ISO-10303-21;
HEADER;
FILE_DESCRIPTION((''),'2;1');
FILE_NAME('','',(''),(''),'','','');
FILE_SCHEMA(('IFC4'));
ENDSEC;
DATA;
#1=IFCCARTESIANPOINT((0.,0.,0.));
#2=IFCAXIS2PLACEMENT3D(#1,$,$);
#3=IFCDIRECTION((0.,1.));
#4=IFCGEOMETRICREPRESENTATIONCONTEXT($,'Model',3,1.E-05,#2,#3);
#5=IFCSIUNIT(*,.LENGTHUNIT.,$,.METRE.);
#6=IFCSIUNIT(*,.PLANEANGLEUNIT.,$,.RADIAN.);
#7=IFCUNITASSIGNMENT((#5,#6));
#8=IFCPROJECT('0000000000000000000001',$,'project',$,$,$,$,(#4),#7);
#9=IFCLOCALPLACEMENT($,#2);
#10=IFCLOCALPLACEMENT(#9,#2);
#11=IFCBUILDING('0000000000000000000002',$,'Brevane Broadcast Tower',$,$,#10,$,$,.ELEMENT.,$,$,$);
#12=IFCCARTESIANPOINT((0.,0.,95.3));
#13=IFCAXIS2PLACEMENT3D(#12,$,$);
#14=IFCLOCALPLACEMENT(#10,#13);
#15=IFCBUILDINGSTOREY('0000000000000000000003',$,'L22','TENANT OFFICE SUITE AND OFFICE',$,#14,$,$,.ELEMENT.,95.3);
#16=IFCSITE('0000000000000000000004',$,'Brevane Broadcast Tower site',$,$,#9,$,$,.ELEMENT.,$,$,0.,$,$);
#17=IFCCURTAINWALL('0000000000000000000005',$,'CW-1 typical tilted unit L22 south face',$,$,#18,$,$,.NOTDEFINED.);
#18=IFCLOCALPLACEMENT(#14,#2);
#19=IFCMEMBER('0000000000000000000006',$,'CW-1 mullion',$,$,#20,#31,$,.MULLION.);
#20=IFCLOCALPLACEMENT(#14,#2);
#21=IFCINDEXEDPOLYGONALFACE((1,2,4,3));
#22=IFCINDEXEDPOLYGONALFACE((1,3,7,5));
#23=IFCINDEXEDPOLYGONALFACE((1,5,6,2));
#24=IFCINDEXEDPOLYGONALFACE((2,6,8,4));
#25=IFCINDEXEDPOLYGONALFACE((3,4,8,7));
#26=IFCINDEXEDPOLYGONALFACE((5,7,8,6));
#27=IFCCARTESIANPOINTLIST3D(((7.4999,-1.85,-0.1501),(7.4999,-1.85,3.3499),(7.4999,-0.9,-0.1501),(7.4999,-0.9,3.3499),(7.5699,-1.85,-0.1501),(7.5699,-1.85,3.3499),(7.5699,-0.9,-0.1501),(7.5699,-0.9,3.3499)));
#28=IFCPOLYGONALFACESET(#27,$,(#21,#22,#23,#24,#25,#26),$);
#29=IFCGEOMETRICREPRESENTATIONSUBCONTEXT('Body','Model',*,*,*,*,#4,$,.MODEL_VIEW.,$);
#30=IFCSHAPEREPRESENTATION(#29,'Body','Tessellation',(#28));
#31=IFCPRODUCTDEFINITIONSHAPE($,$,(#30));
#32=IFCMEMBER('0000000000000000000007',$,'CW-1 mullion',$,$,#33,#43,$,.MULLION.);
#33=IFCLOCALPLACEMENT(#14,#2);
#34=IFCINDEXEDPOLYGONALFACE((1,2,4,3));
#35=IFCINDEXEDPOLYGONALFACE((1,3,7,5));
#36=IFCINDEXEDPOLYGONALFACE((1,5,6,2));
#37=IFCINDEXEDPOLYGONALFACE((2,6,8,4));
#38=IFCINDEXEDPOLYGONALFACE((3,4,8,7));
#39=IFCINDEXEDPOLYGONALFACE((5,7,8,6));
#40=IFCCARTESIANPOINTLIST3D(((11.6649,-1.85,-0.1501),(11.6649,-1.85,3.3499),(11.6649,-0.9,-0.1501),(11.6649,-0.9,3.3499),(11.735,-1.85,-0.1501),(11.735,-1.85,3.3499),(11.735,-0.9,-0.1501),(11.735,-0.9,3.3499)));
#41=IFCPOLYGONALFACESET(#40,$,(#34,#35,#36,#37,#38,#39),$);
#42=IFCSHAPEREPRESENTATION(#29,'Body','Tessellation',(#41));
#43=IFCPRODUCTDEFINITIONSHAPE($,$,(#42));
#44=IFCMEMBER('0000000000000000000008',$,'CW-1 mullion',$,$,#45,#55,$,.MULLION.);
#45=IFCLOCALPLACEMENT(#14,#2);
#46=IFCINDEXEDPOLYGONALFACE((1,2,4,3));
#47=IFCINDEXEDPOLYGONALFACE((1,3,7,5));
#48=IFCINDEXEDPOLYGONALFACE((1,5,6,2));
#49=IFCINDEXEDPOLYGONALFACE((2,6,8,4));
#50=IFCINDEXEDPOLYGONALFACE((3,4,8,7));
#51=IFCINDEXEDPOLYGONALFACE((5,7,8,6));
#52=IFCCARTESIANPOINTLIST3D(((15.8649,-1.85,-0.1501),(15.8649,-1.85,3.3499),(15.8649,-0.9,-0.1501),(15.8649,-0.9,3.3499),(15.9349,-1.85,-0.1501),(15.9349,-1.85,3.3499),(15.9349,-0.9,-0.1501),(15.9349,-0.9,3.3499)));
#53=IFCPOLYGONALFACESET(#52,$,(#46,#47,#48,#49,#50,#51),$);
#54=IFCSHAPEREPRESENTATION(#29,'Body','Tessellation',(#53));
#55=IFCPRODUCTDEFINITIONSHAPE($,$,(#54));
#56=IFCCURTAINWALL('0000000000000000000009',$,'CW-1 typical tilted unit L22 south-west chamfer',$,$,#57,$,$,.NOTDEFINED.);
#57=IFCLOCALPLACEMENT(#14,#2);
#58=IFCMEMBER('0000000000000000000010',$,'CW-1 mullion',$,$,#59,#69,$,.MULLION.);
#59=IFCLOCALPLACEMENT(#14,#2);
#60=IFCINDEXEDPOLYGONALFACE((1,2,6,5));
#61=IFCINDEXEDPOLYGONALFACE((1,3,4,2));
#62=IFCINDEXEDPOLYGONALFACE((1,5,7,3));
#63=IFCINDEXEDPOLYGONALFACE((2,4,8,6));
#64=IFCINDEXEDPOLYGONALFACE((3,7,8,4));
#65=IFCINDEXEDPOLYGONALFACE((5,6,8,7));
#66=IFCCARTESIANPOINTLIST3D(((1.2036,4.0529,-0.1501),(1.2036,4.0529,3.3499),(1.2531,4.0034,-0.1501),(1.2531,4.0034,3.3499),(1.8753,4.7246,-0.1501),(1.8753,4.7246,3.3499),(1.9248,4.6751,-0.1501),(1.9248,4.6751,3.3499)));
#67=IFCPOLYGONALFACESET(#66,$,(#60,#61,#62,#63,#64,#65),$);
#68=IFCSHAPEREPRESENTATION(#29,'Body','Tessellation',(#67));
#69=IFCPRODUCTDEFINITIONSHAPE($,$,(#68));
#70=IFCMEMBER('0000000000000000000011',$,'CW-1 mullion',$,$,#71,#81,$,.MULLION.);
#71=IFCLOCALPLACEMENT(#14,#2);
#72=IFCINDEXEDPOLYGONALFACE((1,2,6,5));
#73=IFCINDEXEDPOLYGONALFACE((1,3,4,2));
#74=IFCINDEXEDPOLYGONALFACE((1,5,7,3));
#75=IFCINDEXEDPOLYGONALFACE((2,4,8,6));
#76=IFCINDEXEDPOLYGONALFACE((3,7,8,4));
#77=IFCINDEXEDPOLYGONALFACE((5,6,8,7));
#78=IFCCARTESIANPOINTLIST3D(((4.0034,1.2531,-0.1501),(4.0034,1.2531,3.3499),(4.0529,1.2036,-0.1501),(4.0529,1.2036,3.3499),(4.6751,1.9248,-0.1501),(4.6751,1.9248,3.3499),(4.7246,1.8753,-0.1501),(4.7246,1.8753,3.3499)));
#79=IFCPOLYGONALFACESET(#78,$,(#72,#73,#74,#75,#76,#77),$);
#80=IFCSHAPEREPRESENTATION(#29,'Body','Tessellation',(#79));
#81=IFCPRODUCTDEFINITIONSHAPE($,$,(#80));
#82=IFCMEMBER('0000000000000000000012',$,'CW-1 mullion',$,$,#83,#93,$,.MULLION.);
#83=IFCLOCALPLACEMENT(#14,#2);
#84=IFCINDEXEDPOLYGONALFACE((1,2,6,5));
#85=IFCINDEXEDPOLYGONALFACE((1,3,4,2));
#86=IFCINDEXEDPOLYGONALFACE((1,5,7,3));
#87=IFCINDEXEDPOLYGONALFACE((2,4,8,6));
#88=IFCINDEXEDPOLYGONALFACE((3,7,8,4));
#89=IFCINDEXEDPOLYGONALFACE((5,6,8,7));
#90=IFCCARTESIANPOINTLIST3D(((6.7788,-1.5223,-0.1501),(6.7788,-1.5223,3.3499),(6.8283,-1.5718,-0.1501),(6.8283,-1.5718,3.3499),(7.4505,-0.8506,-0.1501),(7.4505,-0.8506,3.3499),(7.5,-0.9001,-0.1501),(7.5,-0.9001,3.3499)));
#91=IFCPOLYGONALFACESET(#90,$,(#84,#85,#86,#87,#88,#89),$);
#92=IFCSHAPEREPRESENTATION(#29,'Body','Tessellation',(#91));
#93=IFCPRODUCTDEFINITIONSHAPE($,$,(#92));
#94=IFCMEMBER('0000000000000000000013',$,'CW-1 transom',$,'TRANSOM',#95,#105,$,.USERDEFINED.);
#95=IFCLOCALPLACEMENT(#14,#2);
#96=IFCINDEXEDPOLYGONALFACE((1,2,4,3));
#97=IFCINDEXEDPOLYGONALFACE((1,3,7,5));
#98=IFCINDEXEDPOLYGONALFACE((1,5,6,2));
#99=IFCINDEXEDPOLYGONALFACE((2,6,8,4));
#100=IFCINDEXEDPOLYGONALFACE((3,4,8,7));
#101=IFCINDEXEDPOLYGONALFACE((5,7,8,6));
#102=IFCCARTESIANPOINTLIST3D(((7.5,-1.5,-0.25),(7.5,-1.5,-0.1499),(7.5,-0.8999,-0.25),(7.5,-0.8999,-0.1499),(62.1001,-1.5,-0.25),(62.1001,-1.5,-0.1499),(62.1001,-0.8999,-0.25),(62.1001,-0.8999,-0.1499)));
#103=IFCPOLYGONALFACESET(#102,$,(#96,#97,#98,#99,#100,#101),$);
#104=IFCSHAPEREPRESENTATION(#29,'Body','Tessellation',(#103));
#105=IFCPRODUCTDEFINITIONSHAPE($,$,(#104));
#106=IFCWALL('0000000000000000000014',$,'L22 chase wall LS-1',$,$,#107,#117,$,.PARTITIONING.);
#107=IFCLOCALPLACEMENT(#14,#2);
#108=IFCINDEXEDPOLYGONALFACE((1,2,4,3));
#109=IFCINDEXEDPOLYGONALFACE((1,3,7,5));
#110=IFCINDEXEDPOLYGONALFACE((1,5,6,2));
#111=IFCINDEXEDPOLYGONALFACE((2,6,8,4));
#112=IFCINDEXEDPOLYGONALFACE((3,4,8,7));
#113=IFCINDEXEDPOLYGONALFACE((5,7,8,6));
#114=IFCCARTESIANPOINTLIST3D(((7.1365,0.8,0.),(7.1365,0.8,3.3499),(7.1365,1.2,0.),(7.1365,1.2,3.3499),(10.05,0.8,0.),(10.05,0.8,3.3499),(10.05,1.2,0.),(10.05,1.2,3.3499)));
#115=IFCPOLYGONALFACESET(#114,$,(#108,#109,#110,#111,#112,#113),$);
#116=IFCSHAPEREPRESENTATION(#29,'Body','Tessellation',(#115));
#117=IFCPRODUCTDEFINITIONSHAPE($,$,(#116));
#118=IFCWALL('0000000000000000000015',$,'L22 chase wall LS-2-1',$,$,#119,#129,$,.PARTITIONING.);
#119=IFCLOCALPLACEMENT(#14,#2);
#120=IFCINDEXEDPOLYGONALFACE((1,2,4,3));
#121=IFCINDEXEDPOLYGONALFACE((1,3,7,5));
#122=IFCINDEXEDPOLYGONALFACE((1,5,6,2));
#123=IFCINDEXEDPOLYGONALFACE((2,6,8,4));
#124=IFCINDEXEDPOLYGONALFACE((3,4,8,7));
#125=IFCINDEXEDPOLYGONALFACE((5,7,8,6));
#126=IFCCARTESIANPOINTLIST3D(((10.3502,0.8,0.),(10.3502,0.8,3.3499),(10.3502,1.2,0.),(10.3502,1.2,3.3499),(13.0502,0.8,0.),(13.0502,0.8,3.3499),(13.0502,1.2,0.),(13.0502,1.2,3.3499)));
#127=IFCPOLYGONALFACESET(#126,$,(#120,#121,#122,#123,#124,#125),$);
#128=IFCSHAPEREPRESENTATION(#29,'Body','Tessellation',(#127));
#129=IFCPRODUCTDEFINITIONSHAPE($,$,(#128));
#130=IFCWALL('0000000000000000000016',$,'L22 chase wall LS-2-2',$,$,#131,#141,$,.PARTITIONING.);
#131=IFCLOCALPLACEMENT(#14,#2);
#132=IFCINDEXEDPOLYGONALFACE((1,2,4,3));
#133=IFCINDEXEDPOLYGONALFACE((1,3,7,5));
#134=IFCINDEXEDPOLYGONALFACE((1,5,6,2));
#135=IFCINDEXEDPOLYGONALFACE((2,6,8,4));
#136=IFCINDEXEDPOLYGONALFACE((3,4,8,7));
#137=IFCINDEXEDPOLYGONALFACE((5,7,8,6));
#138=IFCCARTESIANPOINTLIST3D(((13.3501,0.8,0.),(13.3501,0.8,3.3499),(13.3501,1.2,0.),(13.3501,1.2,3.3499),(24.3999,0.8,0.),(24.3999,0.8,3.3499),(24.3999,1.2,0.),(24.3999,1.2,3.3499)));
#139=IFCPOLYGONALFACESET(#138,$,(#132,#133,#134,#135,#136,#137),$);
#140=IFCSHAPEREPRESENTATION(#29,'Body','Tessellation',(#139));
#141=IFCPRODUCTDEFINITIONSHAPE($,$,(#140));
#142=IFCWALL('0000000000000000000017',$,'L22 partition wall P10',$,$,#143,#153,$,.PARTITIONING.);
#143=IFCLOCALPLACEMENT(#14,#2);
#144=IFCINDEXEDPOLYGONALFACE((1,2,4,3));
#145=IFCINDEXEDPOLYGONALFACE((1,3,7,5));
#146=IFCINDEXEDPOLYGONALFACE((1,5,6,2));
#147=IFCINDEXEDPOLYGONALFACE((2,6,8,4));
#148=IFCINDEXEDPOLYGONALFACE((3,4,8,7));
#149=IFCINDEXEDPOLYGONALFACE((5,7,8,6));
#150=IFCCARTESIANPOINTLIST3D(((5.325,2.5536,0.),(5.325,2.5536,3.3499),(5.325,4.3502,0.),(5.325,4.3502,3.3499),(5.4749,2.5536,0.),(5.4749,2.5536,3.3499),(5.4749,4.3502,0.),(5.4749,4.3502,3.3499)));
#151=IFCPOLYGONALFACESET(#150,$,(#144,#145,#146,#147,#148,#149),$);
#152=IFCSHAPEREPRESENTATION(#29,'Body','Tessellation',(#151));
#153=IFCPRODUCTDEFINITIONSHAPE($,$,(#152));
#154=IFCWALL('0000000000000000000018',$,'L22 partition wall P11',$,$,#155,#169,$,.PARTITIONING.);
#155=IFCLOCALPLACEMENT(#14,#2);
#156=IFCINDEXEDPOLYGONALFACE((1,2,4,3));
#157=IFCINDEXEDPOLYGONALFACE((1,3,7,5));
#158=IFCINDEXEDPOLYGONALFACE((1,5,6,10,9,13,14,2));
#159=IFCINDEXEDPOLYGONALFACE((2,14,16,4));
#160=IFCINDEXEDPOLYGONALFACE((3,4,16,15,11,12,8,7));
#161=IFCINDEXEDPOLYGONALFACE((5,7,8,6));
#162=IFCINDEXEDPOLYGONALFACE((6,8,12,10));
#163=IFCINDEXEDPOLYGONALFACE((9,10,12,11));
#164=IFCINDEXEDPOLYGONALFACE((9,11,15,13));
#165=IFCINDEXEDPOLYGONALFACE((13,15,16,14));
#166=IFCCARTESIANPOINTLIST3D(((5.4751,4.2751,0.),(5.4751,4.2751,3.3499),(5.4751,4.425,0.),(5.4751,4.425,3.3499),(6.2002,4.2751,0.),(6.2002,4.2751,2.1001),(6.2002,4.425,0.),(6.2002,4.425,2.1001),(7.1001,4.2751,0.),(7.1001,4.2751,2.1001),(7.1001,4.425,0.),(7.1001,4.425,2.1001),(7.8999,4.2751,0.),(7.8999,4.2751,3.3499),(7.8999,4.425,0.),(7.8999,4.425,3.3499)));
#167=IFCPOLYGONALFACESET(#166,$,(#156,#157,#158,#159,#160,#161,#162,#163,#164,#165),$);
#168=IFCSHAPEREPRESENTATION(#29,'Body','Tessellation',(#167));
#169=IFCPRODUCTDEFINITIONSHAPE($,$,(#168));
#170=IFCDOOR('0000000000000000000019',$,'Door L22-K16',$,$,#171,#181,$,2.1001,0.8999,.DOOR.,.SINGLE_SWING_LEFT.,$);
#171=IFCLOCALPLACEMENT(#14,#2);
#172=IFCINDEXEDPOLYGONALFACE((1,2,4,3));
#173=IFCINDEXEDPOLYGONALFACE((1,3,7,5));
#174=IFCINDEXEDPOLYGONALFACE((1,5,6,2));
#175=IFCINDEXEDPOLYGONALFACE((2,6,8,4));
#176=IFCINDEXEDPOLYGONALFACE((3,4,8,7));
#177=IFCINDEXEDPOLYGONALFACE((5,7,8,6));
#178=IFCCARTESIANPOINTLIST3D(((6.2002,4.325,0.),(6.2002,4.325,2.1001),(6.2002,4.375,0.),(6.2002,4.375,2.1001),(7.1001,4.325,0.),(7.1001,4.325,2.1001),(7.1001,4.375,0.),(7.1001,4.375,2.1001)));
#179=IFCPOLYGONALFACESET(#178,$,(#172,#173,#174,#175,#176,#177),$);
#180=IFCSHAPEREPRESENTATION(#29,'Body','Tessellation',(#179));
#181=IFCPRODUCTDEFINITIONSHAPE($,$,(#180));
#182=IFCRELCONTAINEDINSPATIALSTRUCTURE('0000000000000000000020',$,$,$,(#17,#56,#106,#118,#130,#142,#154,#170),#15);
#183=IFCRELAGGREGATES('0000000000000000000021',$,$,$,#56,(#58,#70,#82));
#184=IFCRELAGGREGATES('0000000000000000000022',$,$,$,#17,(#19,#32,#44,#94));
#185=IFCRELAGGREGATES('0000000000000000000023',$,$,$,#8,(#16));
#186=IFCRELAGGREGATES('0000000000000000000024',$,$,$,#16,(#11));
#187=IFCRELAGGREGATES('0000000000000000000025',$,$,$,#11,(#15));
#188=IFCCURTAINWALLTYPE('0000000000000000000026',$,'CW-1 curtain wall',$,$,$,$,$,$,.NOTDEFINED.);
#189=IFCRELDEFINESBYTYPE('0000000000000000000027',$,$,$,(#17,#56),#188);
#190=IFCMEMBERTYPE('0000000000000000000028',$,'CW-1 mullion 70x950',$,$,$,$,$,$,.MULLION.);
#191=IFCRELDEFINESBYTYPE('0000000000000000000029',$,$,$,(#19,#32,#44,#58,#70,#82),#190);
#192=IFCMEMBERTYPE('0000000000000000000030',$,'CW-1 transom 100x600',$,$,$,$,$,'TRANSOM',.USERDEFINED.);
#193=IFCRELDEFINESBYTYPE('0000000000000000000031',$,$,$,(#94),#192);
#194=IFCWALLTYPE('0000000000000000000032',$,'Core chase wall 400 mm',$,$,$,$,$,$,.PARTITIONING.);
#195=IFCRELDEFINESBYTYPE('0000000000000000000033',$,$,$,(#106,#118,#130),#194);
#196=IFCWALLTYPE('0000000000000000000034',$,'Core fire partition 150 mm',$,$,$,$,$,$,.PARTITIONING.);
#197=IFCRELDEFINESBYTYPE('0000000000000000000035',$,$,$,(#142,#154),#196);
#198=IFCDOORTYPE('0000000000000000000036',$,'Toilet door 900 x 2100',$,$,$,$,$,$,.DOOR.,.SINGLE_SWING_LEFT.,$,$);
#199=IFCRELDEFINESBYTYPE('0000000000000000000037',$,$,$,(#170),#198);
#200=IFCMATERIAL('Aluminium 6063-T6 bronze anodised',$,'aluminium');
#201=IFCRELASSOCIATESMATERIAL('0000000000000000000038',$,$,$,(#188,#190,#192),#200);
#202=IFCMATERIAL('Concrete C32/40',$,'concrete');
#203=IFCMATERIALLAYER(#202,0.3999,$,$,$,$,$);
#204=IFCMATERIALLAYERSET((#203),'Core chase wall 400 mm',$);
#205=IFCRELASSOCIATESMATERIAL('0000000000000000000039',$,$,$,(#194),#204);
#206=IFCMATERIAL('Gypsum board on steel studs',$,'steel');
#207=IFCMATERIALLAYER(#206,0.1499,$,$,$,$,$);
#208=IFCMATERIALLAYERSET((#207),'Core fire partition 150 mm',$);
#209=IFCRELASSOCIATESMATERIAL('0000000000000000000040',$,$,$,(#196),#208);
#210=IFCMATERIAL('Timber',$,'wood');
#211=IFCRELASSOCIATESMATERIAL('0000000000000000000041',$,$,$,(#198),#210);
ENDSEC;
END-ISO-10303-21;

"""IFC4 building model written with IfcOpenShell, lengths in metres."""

from ifc_helpers import new_model, si_unit, direction, frame, frame_2d, origin, origin_2d, place, context, subcontext, project, spatial, rectangle, extrude, material, layer, layer_set, material_profile, profile_set, type_object, element, fill, aggregate, save


model = new_model("IFC4")

# Units and contexts
model_context = context("Model", 3, precision=1e-05, world=origin(), true_north=direction((0.0, 1.0)))
body_context = subcontext(model_context, "Body", "Model", "MODEL_VIEW")
ifc_project = project(units=[si_unit("LENGTHUNIT", "METRE"), si_unit("PLANEANGLEUNIT", "RADIAN")], contexts=[model_context])

# Site, building, storey
site_placement = place(None, origin())
site = spatial("IfcSite", under=ifc_project, at=site_placement, Name="Brevane Broadcast Tower site", CompositionType="ELEMENT", RefElevation=0.0)
building_placement = place(site_placement, origin())
building = spatial("IfcBuilding", under=site, at=building_placement, Name="Brevane Broadcast Tower", CompositionType="ELEMENT")
storey_placement = place(building_placement, frame((0.0, 0.0, 95.3)))
storey = spatial("IfcBuildingStorey", under=building, at=storey_placement, Name="L22", Description="TENANT OFFICE SUITE AND OFFICE", CompositionType="ELEMENT", Elevation=95.3)

# Curtain walls, members
ifc_material_1 = material(Name="Aluminium 6063-T6 bronze anodised", Category="aluminium")
curtain_wall_type = type_object("IfcCurtainWallType", Name="CW-1 curtain wall", PredefinedType="NOTDEFINED", material=ifc_material_1)
curtain_wall_1_placement = place(storey_placement, origin())
curtain_wall_1 = element("IfcCurtainWall", 1, at=curtain_wall_1_placement, inside=storey, type_object=curtain_wall_type, Name="CW-1 typical tilted unit L22 south face", PredefinedType="NOTDEFINED")
ifc_material_profile_1 = material_profile(ifc_material_1, rectangle(XDim=0.95, YDim=0.0701, at=origin_2d()), Name="RECT 70x950")
ifc_profile_set_1 = profile_set([ifc_material_profile_1], Name="Aluminium 6063-T6 bronze anodised")
member_type_1 = type_object("IfcMemberType", Name="CW-1 mullion 70x950", PredefinedType="MULLION", material=ifc_profile_set_1)
member_1_placement = place(storey_placement, frame((7.5349, -1.375, -0.1501), z_axis=(0.0, 0.0, 1.0), x_axis=(0.0, 1.0, 0.0)))
member_1 = element("IfcMember", 2, at=member_1_placement, type_object=member_type_1, Name="CW-1 mullion", PredefinedType="MULLION", context=body_context, shape_type="SweptSolid", body=[
    extrude(rectangle(XDim=0.95, YDim=0.0701, at=origin_2d()), origin(), (0.0, 0.0, 1.0), 3.5),
])
member_2_placement = place(storey_placement, frame((11.7, -1.375, -0.1501), z_axis=(0.0, 0.0, 1.0), x_axis=(0.0, 1.0, 0.0)))
member_2 = element("IfcMember", 3, at=member_2_placement, type_object=member_type_1, Name="CW-1 mullion", PredefinedType="MULLION", context=body_context, shape_type="SweptSolid", body=[
    extrude(rectangle(XDim=0.95, YDim=0.0701, at=origin_2d()), origin(), (0.0, 0.0, 1.0), 3.5),
])
member_3_placement = place(storey_placement, frame((15.8999, -1.375, -0.1501), z_axis=(0.0, 0.0, 1.0), x_axis=(0.0, 1.0, 0.0)))
member_3 = element("IfcMember", 4, at=member_3_placement, type_object=member_type_1, Name="CW-1 mullion", PredefinedType="MULLION", context=body_context, shape_type="SweptSolid", body=[
    extrude(rectangle(XDim=0.95, YDim=0.0701, at=origin_2d()), origin(), (0.0, 0.0, 1.0), 3.5),
])
curtain_wall_2_placement = place(storey_placement, origin())
curtain_wall_2 = element("IfcCurtainWall", 5, at=curtain_wall_2_placement, inside=storey, type_object=curtain_wall_type, Name="CW-1 typical tilted unit L22 south-west chamfer", PredefinedType="NOTDEFINED")
member_4_placement = place(storey_placement, frame((1.5642, 4.364, -0.1501), z_axis=(0.0, 0.0, 1.0), x_axis=(0.707107, 0.707107, 0.0)))
member_4 = element("IfcMember", 6, at=member_4_placement, type_object=member_type_1, Name="CW-1 mullion", PredefinedType="MULLION", context=body_context, shape_type="SweptSolid", body=[
    extrude(rectangle(XDim=0.95, YDim=0.0701, at=origin_2d()), origin(), (0.0, 0.0, 1.0), 3.5),
])
member_5_placement = place(storey_placement, frame((4.364, 1.5642, -0.1501), z_axis=(0.0, 0.0, 1.0), x_axis=(0.707107, 0.707107, 0.0)))
member_5 = element("IfcMember", 7, at=member_5_placement, type_object=member_type_1, Name="CW-1 mullion", PredefinedType="MULLION", context=body_context, shape_type="SweptSolid", body=[
    extrude(rectangle(XDim=0.95, YDim=0.0701, at=origin_2d()), origin(), (0.0, 0.0, 1.0), 3.5),
])
member_6_placement = place(storey_placement, frame((7.1394, -1.2112, -0.1501), z_axis=(0.0, 0.0, 1.0), x_axis=(0.707107, 0.707107, 0.0)))
member_6 = element("IfcMember", 8, at=member_6_placement, type_object=member_type_1, Name="CW-1 mullion", PredefinedType="MULLION", context=body_context, shape_type="SweptSolid", body=[
    extrude(rectangle(XDim=0.95, YDim=0.0701, at=origin_2d()), origin(), (0.0, 0.0, 1.0), 3.5),
])
aggregate(curtain_wall_2, [member_4, member_5, member_6])

# Member
ifc_material_profile_2 = material_profile(ifc_material_1, rectangle(XDim=0.6001, YDim=0.1001, at=origin_2d()), Name="RECT 100x600")
ifc_profile_set_2 = profile_set([ifc_material_profile_2], Name="Aluminium 6063-T6 bronze anodised")
member_type_2 = type_object("IfcMemberType", Name="CW-1 transom 100x600", ElementType="TRANSOM", PredefinedType="USERDEFINED", material=ifc_profile_set_2)
member_7_placement = place(storey_placement, frame((7.5, -1.2, -0.2), z_axis=(1.0, 0.0, 0.0), x_axis=(0.0, 1.0, 0.0)))
member_7 = element("IfcMember", 9, at=member_7_placement, type_object=member_type_2, Name="CW-1 transom", ObjectType="TRANSOM", PredefinedType="USERDEFINED", context=body_context, shape_type="SweptSolid", body=[
    extrude(rectangle(XDim=0.6001, YDim=0.1001, at=origin_2d()), origin(), (0.0, 0.0, 1.0), 54.6001),
])
aggregate(curtain_wall_1, [member_1, member_2, member_3, member_7])

# Walls
ifc_material_2 = material(Name="Concrete C32/40", Category="concrete")
ifc_layer_1 = layer(ifc_material_2, 0.3999)
ifc_layer_set_1 = layer_set([ifc_layer_1], Name="Core chase wall 400 mm")
wall_type_1 = type_object("IfcWallType", Name="Core chase wall 400 mm", PredefinedType="PARTITIONING", material=ifc_layer_set_1)
wall_1_placement = place(storey_placement, frame((7.1365, 1.0, 0.0), z_axis=(0.0, 0.0, 1.0), x_axis=(1.0, 0.0, 0.0)))
element("IfcWall", 10, at=wall_1_placement, inside=storey, type_object=wall_type_1, Name="L22 chase wall LS-1", PredefinedType="PARTITIONING", context=body_context, shape_type="SweptSolid", body=[
    extrude(rectangle(XDim=2.9136, YDim=0.3999, at=frame_2d((1.4568, 0.0))), origin(), (0.0, 0.0, 1.0), 3.3499),
])
wall_2_placement = place(storey_placement, frame((10.3501, 1.0, 0.0), z_axis=(0.0, 0.0, 1.0), x_axis=(1.0, 0.0, 0.0)))
element("IfcWall", 11, at=wall_2_placement, inside=storey, type_object=wall_type_1, Name="L22 chase wall LS-2-1", PredefinedType="PARTITIONING", context=body_context, shape_type="SweptSolid", body=[
    extrude(rectangle(XDim=2.7, YDim=0.3999, at=frame_2d((1.3501, 0.0))), origin(), (0.0, 0.0, 1.0), 3.3499),
])
wall_3_placement = place(storey_placement, frame((13.3501, 1.0, 0.0), z_axis=(0.0, 0.0, 1.0), x_axis=(1.0, 0.0, 0.0)))
element("IfcWall", 12, at=wall_3_placement, inside=storey, type_object=wall_type_1, Name="L22 chase wall LS-2-2", PredefinedType="PARTITIONING", context=body_context, shape_type="SweptSolid", body=[
    extrude(rectangle(XDim=11.0498, YDim=0.3999, at=frame_2d((5.5249, 0.0))), origin(), (0.0, 0.0, 1.0), 3.3499),
])
ifc_material_3 = material(Name="Gypsum board on steel studs", Category="steel")
ifc_layer_2 = layer(ifc_material_3, 0.1499)
ifc_layer_set_2 = layer_set([ifc_layer_2], Name="Core fire partition 150 mm")
wall_type_2 = type_object("IfcWallType", Name="Core fire partition 150 mm", PredefinedType="PARTITIONING", material=ifc_layer_set_2)
wall_4_placement = place(storey_placement, frame((5.3999, 2.5535, 0.0), z_axis=(0.0, 0.0, 1.0), x_axis=(0.0, 1.0, 0.0)))
element("IfcWall", 13, at=wall_4_placement, inside=storey, type_object=wall_type_2, Name="L22 partition wall P10", PredefinedType="PARTITIONING", context=body_context, shape_type="SweptSolid", body=[
    extrude(rectangle(XDim=1.7966, YDim=0.1499, at=frame_2d((0.8984, 0.0))), origin(), (0.0, 0.0, 1.0), 3.3499),
])

# Wall, opening, door
wall_5_placement = place(storey_placement, frame((5.4751, 4.3501, 0.0), z_axis=(0.0, 0.0, 1.0), x_axis=(1.0, 0.0, 0.0)))
wall_5 = element("IfcWall", 14, at=wall_5_placement, inside=storey, type_object=wall_type_2, Name="L22 partition wall P11", PredefinedType="PARTITIONING", context=body_context, shape_type="SweptSolid", body=[
    extrude(rectangle(XDim=2.4248, YDim=0.1499, at=frame_2d((1.2124, 0.0))), origin(), (0.0, 0.0, 1.0), 3.3499),
])
opening_1_placement = place(wall_5_placement, frame((0.7251, 0.0, 0.0)))
opening_1 = element("IfcOpeningElement", 15, at=opening_1_placement, cuts=wall_5, PredefinedType="OPENING", context=body_context, shape_type="SweptSolid", body=[
    extrude(rectangle(XDim=0.8999, YDim=2.1001, at=frame_2d((0.45, 1.05))), frame((0.0, 0.085, 0.0), z_axis=(0.0, -1.0, 0.0), x_axis=(1.0, 0.0, 0.0)), (0.0, 0.0, 1.0), 0.1699),
])
ifc_material_4 = material(Name="Timber", Category="wood")
door_type_1 = type_object("IfcDoorType", Name="Toilet door 900 x 2100", OperationType="SINGLE_SWING_LEFT", PredefinedType="DOOR", material=ifc_material_4)
door_1_placement = place(opening_1_placement, origin())
door_1 = element("IfcDoor", 16, at=door_1_placement, inside=storey, type_object=door_type_1, Name="Door L22-K16", OperationType="SINGLE_SWING_LEFT", OverallHeight=2.1001, OverallWidth=0.8999, PredefinedType="DOOR", context=body_context, shape_type="SweptSolid", body=[
    extrude(rectangle(XDim=0.8999, YDim=2.1001, at=frame_2d((0.45, 1.05))), frame((0.0, 0.0249, 0.0), z_axis=(0.0, -1.0, 0.0), x_axis=(1.0, 0.0, 0.0)), (0.0, 0.0, 1.0), 0.05),
])
fill(opening_1, door_1)

save(model, "model.ifc")
